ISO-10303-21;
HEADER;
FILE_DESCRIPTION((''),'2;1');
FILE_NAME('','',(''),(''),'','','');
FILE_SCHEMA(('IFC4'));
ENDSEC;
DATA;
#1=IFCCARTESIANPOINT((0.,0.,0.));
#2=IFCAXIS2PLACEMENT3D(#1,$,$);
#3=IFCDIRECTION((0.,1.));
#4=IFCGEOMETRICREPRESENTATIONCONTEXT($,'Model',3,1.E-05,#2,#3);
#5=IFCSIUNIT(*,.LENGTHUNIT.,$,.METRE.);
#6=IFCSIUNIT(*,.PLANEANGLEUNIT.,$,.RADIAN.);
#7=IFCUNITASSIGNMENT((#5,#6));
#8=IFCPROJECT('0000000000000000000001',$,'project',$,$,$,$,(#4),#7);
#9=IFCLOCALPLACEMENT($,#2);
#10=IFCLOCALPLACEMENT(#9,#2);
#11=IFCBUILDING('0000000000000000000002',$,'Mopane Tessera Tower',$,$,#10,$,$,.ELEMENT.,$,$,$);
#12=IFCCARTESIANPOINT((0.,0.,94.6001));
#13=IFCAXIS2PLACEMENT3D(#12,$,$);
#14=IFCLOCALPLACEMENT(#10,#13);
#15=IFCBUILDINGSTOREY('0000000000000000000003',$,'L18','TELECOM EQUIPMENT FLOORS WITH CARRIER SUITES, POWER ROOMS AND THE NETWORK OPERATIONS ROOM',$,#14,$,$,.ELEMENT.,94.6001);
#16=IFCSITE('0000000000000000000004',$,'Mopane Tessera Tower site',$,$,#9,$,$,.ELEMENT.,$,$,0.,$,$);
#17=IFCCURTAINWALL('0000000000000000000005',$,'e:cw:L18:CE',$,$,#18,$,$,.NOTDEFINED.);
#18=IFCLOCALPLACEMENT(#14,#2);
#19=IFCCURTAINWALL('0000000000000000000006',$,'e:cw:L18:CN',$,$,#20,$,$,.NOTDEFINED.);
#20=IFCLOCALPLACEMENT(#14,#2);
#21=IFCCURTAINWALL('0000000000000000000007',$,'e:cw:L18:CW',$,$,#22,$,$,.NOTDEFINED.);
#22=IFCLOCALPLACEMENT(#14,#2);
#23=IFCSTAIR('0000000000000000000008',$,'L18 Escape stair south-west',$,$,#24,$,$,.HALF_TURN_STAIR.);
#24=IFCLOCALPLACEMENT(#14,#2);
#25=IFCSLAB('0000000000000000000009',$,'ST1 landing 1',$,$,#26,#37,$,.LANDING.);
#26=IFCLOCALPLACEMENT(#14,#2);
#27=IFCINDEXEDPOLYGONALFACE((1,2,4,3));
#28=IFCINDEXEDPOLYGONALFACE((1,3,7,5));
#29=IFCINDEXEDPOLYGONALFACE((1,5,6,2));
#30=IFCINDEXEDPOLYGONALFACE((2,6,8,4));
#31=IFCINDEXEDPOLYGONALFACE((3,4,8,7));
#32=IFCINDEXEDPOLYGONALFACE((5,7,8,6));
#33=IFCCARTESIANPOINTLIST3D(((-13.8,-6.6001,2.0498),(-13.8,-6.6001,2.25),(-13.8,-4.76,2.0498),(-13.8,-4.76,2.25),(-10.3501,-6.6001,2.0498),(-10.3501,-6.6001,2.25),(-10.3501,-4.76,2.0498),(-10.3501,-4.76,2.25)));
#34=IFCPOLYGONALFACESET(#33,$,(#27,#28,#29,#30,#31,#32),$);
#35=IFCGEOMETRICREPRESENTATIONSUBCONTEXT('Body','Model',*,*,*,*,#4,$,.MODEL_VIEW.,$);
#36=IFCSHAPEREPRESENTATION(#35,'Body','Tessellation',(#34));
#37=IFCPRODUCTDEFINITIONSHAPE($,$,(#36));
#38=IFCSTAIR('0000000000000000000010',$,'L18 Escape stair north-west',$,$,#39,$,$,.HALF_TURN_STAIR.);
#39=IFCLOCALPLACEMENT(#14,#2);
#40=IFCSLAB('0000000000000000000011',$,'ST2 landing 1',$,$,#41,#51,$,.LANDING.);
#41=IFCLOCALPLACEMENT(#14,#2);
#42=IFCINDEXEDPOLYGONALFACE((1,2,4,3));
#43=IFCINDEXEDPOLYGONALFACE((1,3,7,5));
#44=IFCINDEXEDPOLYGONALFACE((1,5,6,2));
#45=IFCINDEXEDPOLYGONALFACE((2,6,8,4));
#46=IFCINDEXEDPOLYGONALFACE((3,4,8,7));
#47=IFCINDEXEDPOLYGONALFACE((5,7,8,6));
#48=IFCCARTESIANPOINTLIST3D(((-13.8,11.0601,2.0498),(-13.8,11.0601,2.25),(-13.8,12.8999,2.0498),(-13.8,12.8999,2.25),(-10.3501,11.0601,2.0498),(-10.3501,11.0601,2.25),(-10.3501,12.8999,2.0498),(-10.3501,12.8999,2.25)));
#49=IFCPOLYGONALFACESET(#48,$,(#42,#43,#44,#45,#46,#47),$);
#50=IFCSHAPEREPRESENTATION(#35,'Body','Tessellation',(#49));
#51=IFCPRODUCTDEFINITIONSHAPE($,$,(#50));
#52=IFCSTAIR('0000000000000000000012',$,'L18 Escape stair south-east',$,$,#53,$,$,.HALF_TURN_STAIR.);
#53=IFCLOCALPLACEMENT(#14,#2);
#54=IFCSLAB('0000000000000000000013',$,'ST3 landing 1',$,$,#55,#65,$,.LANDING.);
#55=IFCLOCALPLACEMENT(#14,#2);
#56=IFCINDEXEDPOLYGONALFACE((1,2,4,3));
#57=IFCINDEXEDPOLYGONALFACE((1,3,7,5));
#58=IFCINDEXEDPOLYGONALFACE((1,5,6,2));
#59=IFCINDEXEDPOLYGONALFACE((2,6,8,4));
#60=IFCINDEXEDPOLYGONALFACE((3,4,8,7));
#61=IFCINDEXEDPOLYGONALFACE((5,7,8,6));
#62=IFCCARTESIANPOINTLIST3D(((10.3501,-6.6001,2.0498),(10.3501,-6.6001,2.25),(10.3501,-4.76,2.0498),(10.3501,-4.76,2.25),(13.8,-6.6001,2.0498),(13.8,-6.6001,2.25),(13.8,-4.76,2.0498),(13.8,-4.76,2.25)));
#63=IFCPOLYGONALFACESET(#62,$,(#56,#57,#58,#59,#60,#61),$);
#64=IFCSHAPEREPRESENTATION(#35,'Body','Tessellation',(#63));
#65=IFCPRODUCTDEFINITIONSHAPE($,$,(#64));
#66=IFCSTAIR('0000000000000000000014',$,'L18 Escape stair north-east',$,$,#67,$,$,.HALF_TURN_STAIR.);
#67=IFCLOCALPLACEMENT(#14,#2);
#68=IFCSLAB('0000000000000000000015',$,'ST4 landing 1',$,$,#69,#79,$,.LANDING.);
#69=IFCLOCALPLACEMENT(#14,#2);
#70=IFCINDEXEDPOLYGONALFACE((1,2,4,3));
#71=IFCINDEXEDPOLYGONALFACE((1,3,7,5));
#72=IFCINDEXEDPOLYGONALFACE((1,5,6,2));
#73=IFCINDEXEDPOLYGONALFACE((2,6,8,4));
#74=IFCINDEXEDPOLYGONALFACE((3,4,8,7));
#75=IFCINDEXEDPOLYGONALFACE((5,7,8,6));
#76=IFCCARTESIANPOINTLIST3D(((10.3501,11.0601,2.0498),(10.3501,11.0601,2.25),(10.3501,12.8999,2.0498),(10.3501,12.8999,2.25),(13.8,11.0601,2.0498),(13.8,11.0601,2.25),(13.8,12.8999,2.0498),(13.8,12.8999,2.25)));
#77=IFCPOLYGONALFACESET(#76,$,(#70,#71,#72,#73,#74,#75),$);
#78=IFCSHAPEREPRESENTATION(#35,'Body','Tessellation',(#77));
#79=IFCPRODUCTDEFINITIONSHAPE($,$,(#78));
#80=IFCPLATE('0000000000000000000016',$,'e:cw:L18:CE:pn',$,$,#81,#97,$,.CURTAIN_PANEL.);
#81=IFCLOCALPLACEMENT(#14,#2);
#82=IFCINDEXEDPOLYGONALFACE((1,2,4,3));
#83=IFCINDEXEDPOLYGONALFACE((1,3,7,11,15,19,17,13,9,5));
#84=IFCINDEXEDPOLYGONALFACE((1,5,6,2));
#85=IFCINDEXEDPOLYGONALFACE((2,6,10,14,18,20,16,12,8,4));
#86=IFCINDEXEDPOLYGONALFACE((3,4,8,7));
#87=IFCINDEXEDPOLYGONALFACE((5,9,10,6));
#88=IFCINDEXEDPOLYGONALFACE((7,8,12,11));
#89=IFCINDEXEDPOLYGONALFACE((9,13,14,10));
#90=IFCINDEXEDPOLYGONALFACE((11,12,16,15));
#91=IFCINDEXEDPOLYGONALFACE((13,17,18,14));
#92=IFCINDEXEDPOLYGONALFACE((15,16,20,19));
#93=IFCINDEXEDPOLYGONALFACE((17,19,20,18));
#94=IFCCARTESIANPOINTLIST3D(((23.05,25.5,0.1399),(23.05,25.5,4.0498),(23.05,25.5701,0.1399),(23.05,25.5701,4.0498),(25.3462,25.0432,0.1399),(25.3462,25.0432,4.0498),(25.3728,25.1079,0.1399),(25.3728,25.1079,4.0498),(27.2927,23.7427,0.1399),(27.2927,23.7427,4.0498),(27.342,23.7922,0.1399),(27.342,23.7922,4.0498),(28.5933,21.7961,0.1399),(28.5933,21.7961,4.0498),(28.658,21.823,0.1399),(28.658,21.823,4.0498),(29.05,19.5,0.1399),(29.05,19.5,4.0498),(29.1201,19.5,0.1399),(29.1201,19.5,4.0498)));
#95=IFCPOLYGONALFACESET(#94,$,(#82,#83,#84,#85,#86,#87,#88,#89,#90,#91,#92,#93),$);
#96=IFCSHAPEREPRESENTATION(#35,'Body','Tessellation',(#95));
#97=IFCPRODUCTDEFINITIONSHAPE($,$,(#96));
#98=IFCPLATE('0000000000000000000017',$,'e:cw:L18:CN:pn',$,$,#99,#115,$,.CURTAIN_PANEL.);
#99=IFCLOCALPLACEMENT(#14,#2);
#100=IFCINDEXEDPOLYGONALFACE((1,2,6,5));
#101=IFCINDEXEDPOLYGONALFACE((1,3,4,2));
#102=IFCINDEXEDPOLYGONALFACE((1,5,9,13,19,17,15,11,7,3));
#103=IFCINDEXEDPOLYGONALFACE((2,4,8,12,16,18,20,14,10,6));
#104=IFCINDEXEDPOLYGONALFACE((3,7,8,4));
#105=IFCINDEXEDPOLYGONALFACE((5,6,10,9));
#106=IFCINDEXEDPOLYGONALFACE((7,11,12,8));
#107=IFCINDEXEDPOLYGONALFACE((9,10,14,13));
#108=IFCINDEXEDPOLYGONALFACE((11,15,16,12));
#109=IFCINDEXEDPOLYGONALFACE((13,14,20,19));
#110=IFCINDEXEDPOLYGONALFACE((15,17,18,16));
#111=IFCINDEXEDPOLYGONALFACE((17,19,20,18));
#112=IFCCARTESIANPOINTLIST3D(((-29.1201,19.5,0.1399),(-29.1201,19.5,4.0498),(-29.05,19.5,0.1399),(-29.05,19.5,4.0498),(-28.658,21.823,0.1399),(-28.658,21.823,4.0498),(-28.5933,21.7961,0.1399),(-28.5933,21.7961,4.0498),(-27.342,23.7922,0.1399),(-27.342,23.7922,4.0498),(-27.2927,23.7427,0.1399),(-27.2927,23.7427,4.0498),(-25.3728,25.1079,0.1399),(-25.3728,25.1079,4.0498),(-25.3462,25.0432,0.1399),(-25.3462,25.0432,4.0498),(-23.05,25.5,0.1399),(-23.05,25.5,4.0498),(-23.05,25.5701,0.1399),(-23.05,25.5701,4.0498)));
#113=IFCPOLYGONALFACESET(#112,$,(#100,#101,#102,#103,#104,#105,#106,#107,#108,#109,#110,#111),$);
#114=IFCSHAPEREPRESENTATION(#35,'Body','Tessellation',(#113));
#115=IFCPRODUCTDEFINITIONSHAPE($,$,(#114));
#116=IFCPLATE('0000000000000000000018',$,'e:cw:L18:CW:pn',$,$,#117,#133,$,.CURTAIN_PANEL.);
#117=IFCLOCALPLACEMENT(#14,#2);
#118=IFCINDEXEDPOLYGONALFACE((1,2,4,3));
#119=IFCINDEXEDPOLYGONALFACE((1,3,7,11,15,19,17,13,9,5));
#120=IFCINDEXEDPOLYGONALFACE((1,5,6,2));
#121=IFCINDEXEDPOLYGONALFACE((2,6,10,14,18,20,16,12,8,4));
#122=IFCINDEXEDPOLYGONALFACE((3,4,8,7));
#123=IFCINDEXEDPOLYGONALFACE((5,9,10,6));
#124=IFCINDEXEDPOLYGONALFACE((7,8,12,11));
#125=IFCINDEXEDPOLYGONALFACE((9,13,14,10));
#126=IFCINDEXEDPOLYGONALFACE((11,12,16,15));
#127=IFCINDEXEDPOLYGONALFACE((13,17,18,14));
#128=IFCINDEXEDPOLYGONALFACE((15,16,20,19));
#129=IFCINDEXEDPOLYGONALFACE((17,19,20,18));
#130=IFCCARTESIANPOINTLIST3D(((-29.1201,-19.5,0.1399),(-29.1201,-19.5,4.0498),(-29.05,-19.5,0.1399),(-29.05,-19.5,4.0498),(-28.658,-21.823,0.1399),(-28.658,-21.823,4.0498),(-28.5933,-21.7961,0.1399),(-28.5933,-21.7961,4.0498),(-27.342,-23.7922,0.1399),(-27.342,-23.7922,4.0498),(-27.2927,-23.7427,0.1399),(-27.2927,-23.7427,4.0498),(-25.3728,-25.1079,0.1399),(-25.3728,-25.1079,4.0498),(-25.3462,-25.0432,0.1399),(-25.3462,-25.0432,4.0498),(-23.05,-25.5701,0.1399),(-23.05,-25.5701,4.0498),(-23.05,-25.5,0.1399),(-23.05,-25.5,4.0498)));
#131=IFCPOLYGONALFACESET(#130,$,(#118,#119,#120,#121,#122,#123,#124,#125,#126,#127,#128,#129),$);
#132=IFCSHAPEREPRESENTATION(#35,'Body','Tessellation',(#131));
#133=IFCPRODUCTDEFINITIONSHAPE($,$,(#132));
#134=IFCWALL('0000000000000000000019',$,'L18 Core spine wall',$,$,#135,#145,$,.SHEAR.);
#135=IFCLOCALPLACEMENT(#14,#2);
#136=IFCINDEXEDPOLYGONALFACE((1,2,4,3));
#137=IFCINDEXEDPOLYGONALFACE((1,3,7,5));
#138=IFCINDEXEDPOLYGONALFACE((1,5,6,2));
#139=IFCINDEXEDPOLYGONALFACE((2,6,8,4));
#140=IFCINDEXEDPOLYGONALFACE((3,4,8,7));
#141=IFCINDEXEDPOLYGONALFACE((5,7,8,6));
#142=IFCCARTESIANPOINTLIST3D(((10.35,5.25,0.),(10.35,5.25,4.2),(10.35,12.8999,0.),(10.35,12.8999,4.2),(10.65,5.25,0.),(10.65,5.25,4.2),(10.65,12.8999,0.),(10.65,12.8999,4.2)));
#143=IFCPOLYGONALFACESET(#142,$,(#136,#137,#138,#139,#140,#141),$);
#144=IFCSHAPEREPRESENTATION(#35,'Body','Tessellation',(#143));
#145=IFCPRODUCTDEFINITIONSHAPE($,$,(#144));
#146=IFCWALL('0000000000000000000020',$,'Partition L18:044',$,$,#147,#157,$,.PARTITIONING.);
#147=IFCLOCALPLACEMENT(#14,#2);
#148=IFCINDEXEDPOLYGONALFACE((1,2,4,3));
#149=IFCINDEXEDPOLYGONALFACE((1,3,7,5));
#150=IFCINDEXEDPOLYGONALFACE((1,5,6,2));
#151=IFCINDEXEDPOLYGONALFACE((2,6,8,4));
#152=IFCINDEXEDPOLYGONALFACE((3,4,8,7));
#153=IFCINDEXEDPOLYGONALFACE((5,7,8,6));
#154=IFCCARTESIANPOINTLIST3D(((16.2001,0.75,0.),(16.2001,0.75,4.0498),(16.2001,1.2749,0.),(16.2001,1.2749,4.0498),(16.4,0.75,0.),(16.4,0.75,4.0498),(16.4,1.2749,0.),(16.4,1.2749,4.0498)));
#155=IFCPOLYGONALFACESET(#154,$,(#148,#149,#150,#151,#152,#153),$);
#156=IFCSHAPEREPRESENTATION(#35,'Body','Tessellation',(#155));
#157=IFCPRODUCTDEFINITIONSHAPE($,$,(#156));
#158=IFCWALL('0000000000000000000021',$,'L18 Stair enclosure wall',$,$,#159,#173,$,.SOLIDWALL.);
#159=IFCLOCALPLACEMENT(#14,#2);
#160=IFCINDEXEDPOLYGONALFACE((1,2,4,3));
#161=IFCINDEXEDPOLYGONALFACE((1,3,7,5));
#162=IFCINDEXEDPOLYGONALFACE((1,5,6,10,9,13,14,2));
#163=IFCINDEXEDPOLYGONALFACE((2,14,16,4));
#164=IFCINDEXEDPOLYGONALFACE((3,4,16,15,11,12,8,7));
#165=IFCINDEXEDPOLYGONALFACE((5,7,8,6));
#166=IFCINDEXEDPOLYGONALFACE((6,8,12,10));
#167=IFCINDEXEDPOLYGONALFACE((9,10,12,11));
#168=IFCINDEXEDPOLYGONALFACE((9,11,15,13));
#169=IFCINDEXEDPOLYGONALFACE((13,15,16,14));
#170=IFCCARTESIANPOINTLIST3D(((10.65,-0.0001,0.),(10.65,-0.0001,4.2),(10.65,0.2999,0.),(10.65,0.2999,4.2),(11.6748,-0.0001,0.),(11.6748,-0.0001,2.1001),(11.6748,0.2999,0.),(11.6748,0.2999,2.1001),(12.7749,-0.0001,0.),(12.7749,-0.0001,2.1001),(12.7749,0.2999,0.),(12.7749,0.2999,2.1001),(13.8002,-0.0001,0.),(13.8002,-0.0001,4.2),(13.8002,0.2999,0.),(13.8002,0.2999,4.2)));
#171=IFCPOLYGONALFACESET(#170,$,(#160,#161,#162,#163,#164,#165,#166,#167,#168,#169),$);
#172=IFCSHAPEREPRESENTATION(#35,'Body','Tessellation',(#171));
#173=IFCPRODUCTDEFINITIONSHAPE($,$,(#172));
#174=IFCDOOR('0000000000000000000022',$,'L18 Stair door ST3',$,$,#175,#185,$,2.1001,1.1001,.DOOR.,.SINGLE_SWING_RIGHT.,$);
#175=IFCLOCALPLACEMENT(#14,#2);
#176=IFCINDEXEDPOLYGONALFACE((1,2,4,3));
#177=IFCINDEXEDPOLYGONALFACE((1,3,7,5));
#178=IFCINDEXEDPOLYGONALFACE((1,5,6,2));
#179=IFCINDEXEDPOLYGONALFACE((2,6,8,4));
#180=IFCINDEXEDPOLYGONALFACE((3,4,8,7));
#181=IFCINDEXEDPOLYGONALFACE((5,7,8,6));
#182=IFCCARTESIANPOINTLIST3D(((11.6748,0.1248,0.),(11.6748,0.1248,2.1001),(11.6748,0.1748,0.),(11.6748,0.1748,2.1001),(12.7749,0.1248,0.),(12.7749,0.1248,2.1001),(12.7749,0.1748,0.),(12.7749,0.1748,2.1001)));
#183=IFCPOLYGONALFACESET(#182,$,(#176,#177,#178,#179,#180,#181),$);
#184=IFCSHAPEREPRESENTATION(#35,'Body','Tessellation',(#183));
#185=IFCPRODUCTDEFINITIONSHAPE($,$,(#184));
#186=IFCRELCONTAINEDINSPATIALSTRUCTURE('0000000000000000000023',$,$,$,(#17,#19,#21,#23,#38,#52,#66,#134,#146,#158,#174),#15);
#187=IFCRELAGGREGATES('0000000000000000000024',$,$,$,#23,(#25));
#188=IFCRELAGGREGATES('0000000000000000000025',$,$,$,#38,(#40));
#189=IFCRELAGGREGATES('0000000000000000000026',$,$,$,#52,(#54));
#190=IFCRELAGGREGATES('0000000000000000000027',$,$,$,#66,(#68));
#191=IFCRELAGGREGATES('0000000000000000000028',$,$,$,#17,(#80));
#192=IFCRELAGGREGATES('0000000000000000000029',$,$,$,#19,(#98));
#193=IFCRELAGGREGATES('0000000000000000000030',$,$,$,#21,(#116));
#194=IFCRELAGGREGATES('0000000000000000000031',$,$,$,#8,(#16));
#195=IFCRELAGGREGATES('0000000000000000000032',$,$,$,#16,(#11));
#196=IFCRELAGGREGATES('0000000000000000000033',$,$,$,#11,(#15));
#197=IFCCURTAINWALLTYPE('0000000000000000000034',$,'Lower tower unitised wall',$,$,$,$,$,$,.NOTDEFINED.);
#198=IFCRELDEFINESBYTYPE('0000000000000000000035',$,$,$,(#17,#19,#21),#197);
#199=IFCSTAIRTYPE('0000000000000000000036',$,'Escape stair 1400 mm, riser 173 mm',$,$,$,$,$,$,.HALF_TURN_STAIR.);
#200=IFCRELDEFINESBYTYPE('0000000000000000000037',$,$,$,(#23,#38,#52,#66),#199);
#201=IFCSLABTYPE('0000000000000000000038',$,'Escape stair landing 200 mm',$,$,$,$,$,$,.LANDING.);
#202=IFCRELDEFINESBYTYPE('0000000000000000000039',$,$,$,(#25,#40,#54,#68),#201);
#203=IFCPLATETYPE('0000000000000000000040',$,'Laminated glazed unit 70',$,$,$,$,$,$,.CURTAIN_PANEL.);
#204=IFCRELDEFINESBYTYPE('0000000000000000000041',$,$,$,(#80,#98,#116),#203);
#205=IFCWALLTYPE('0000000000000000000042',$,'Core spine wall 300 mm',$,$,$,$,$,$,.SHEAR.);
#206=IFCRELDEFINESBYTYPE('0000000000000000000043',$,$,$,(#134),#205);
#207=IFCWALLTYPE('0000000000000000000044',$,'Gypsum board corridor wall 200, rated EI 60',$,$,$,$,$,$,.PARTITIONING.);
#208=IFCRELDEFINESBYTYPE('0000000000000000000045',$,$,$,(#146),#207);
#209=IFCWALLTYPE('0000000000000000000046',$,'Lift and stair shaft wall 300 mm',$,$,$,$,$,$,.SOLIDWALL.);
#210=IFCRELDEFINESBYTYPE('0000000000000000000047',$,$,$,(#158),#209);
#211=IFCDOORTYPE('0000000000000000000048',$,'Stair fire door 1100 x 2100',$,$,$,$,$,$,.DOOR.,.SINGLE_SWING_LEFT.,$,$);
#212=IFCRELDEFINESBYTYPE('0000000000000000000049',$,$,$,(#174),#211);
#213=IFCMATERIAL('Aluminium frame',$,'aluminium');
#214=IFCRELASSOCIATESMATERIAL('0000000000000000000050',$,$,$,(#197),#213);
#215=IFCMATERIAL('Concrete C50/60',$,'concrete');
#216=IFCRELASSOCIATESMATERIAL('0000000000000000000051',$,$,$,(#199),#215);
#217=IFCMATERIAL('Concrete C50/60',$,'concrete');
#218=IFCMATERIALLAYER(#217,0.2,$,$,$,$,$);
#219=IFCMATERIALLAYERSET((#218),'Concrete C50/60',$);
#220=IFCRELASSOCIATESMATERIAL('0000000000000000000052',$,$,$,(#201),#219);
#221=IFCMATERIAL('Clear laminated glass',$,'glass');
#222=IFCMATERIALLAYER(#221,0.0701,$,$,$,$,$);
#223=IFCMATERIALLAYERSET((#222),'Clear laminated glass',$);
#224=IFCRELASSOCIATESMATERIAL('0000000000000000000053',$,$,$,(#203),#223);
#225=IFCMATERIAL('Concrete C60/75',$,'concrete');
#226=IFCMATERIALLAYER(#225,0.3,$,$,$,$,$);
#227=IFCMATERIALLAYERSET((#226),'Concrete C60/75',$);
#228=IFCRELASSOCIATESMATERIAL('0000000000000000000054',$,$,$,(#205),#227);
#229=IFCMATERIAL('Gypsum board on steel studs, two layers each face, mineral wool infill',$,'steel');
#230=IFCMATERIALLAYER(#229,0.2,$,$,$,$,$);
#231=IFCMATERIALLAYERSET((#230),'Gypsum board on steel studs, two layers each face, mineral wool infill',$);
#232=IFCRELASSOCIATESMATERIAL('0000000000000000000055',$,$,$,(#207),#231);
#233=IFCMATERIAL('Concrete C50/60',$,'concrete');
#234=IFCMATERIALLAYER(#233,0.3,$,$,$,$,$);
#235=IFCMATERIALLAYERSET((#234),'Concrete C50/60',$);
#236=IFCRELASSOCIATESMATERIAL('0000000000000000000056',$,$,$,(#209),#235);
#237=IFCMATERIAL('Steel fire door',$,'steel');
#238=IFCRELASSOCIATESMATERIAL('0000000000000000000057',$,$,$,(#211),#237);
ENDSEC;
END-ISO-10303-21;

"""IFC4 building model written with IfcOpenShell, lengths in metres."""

from ifc_helpers import new_model, si_unit, direction, frame, frame_2d, origin, place, context, subcontext, project, spatial, polyline, rectangle, outline, extrude, material, layer, layer_set, type_object, element, fill, aggregate, save


model = new_model("IFC4")

# Units and contexts
model_context = context("Model", 3, precision=1e-05, world=origin(), true_north=direction((0.0, 1.0)))
body_context = subcontext(model_context, "Body", "Model", "MODEL_VIEW")
ifc_project = project(units=[si_unit("LENGTHUNIT", "METRE"), si_unit("PLANEANGLEUNIT", "RADIAN")], contexts=[model_context])

# Site, building, storey
site_placement = place(None, origin())
site = spatial("IfcSite", under=ifc_project, at=site_placement, Name="Mopane Tessera Tower site", CompositionType="ELEMENT", RefElevation=0.0)
building_placement = place(site_placement, origin())
building = spatial("IfcBuilding", under=site, at=building_placement, Name="Mopane Tessera Tower", CompositionType="ELEMENT")
storey_placement = place(building_placement, frame((0.0, 0.0, 94.6001)))
storey = spatial("IfcBuildingStorey", under=building, at=storey_placement, Name="L18", Description="TELECOM EQUIPMENT FLOORS WITH CARRIER SUITES, POWER ROOMS AND THE NETWORK OPERATIONS ROOM", CompositionType="ELEMENT", Elevation=94.6001)

# Curtain walls
ifc_material_1 = material(Name="Aluminium frame", Category="aluminium")
curtain_wall_type = type_object("IfcCurtainWallType", Name="Lower tower unitised wall", PredefinedType="NOTDEFINED", material=ifc_material_1)
curtain_wall_1_placement = place(storey_placement, origin())
curtain_wall_1 = element("IfcCurtainWall", 1, at=curtain_wall_1_placement, inside=storey, type_object=curtain_wall_type, Name="e:cw:L18:CE", PredefinedType="NOTDEFINED")
curtain_wall_2_placement = place(storey_placement, origin())
curtain_wall_2 = element("IfcCurtainWall", 2, at=curtain_wall_2_placement, inside=storey, type_object=curtain_wall_type, Name="e:cw:L18:CN", PredefinedType="NOTDEFINED")
curtain_wall_3_placement = place(storey_placement, origin())
curtain_wall_3 = element("IfcCurtainWall", 3, at=curtain_wall_3_placement, inside=storey, type_object=curtain_wall_type, Name="e:cw:L18:CW", PredefinedType="NOTDEFINED")

# Stairs, slabs
ifc_material_2 = material(Name="Concrete C50/60", Category="concrete")
stair_type = type_object("IfcStairType", Name="Escape stair 1400 mm, riser 173 mm", PredefinedType="HALF_TURN_STAIR", material=ifc_material_2)
stair_1_placement = place(storey_placement, origin())
stair_1 = element("IfcStair", 4, at=stair_1_placement, inside=storey, type_object=stair_type, Name="L18 Escape stair south-west", PredefinedType="HALF_TURN_STAIR")
ifc_material_3 = material(Name="Concrete C50/60", Category="concrete")
ifc_layer_1 = layer(ifc_material_3, 0.2)
ifc_layer_set_1 = layer_set([ifc_layer_1], Name="Concrete C50/60")
slab_type_1 = type_object("IfcSlabType", Name="Escape stair landing 200 mm", PredefinedType="LANDING", material=ifc_layer_set_1)
slab_1_placement = place(storey_placement, frame((0.0, 0.0, 2.0498)))
slab_1 = element("IfcSlab", 5, at=slab_1_placement, type_object=slab_type_1, Name="ST1 landing 1", PredefinedType="LANDING", context=body_context, shape_type="SweptSolid", body=[
    extrude(outline(polyline([(-13.8, -4.76), (-13.8, -6.6001), (-10.3501, -6.6001), (-10.3501, -4.76), (-13.8, -4.76)])), origin(), (0.0, 0.0, 1.0), 0.2002),
])
aggregate(stair_1, [slab_1])
stair_2_placement = place(storey_placement, origin())
stair_2 = element("IfcStair", 6, at=stair_2_placement, inside=storey, type_object=stair_type, Name="L18 Escape stair north-west", PredefinedType="HALF_TURN_STAIR")
slab_2_placement = place(storey_placement, frame((0.0, 0.0, 2.0498)))
slab_2 = element("IfcSlab", 7, at=slab_2_placement, type_object=slab_type_1, Name="ST2 landing 1", PredefinedType="LANDING", context=body_context, shape_type="SweptSolid", body=[
    extrude(outline(polyline([(-10.3501, 11.0601), (-10.3501, 12.8999), (-13.8, 12.8999), (-13.8, 11.0601), (-10.3501, 11.0601)])), origin(), (0.0, 0.0, 1.0), 0.2002),
])
aggregate(stair_2, [slab_2])
stair_3_placement = place(storey_placement, origin())
stair_3 = element("IfcStair", 8, at=stair_3_placement, inside=storey, type_object=stair_type, Name="L18 Escape stair south-east", PredefinedType="HALF_TURN_STAIR")
slab_3_placement = place(storey_placement, frame((0.0, 0.0, 2.0498)))
slab_3 = element("IfcSlab", 9, at=slab_3_placement, type_object=slab_type_1, Name="ST3 landing 1", PredefinedType="LANDING", context=body_context, shape_type="SweptSolid", body=[
    extrude(outline(polyline([(10.3501, -4.76), (10.3501, -6.6001), (13.8, -6.6001), (13.8, -4.76), (10.3501, -4.76)])), origin(), (0.0, 0.0, 1.0), 0.2002),
])
aggregate(stair_3, [slab_3])
stair_4_placement = place(storey_placement, origin())
stair_4 = element("IfcStair", 10, at=stair_4_placement, inside=storey, type_object=stair_type, Name="L18 Escape stair north-east", PredefinedType="HALF_TURN_STAIR")
slab_4_placement = place(storey_placement, frame((0.0, 0.0, 2.0498)))
slab_4 = element("IfcSlab", 11, at=slab_4_placement, type_object=slab_type_1, Name="ST4 landing 1", PredefinedType="LANDING", context=body_context, shape_type="SweptSolid", body=[
    extrude(outline(polyline([(13.8, 11.0601), (13.8, 12.8999), (10.3501, 12.8999), (10.3501, 11.0601), (13.8, 11.0601)])), origin(), (0.0, 0.0, 1.0), 0.2002),
])
aggregate(stair_4, [slab_4])

# Plates
ifc_material_4 = material(Name="Clear laminated glass", Category="glass")
ifc_layer_2 = layer(ifc_material_4, 0.0701)
ifc_layer_set_2 = layer_set([ifc_layer_2], Name="Clear laminated glass")
plate_type = type_object("IfcPlateType", Name="Laminated glazed unit 70", PredefinedType="CURTAIN_PANEL", material=ifc_layer_set_2)
plate_1_placement = place(storey_placement, frame((0.0, 0.0, 0.1399)))
plate_1 = element("IfcPlate", 12, at=plate_1_placement, type_object=plate_type, Name="e:cw:L18:CE:pn", PredefinedType="CURTAIN_PANEL", context=body_context, shape_type="SweptSolid", body=[
    extrude(outline(polyline([(29.05, 19.5), (28.5933, 21.7961), (27.2927, 23.7427), (25.3462, 25.0432), (23.05, 25.5), (23.05, 25.5701), (25.3728, 25.1079), (27.342, 23.7922), (28.658, 21.823), (29.1201, 19.5), (29.05, 19.5)])), origin(), (0.0, 0.0, 1.0), 3.9099),
])
aggregate(curtain_wall_1, [plate_1])
plate_2_placement = place(storey_placement, frame((0.0, 0.0, 0.1399)))
plate_2 = element("IfcPlate", 13, at=plate_2_placement, type_object=plate_type, Name="e:cw:L18:CN:pn", PredefinedType="CURTAIN_PANEL", context=body_context, shape_type="SweptSolid", body=[
    extrude(outline(polyline([(-23.05, 25.5), (-25.3462, 25.0432), (-27.2927, 23.7427), (-28.5933, 21.7961), (-29.05, 19.5), (-29.1201, 19.5), (-28.658, 21.823), (-27.342, 23.7922), (-25.3728, 25.1079), (-23.05, 25.5701), (-23.05, 25.5)])), origin(), (0.0, 0.0, 1.0), 3.9099),
])
aggregate(curtain_wall_2, [plate_2])
plate_3_placement = place(storey_placement, frame((0.0, 0.0, 0.1399)))
plate_3 = element("IfcPlate", 14, at=plate_3_placement, type_object=plate_type, Name="e:cw:L18:CW:pn", PredefinedType="CURTAIN_PANEL", context=body_context, shape_type="SweptSolid", body=[
    extrude(outline(polyline([(-29.05, -19.5), (-28.5933, -21.7961), (-27.2927, -23.7427), (-25.3462, -25.0432), (-23.05, -25.5), (-23.05, -25.5701), (-25.3728, -25.1079), (-27.342, -23.7922), (-28.658, -21.823), (-29.1201, -19.5), (-29.05, -19.5)])), origin(), (0.0, 0.0, 1.0), 3.9099),
])
aggregate(curtain_wall_3, [plate_3])

# Walls
ifc_material_5 = material(Name="Concrete C60/75", Category="concrete")
ifc_layer_3 = layer(ifc_material_5, 0.3)
ifc_layer_set_3 = layer_set([ifc_layer_3], Name="Concrete C60/75")
wall_type_1 = type_object("IfcWallType", Name="Core spine wall 300 mm", PredefinedType="SHEAR", material=ifc_layer_set_3)
wall_1_placement = place(storey_placement, frame((10.5, 5.25, 0.0), z_axis=(0.0, 0.0, 1.0), x_axis=(0.0, 1.0, 0.0)))
element("IfcWall", 15, at=wall_1_placement, inside=storey, type_object=wall_type_1, Name="L18 Core spine wall", PredefinedType="SHEAR", context=body_context, shape_type="SweptSolid", body=[
    extrude(rectangle(XDim=7.6499, YDim=0.3, at=frame_2d((3.825, 0.0))), origin(), (0.0, 0.0, 1.0), 4.2),
])
ifc_material_6 = material(Name="Gypsum board on steel studs, two layers each face, mineral wool infill", Category="steel")
ifc_layer_4 = layer(ifc_material_6, 0.2)
ifc_layer_set_4 = layer_set([ifc_layer_4], Name="Gypsum board on steel studs, two layers each face, mineral wool infill")
wall_type_2 = type_object("IfcWallType", Name="Gypsum board corridor wall 200, rated EI 60", PredefinedType="PARTITIONING", material=ifc_layer_set_4)
wall_2_placement = place(storey_placement, frame((16.3, 0.75, 0.0), z_axis=(0.0, 0.0, 1.0), x_axis=(0.0, 1.0, 0.0)))
element("IfcWall", 16, at=wall_2_placement, inside=storey, type_object=wall_type_2, Name="Partition L18:044", PredefinedType="PARTITIONING", context=body_context, shape_type="SweptSolid", body=[
    extrude(rectangle(XDim=0.5249, YDim=0.2, at=frame_2d((0.2625, 0.0))), origin(), (0.0, 0.0, 1.0), 4.0498),
])

# Wall, opening, door
ifc_material_7 = material(Name="Concrete C50/60", Category="concrete")
ifc_layer_5 = layer(ifc_material_7, 0.3)
ifc_layer_set_5 = layer_set([ifc_layer_5], Name="Concrete C50/60")
wall_type_3 = type_object("IfcWallType", Name="Lift and stair shaft wall 300 mm", PredefinedType="SOLIDWALL", material=ifc_layer_set_5)
wall_3_placement = place(storey_placement, frame((10.6499, 0.1499, 0.0), z_axis=(0.0, 0.0, 1.0), x_axis=(1.0, 0.0, 0.0)))
wall_3 = element("IfcWall", 17, at=wall_3_placement, inside=storey, type_object=wall_type_3, Name="L18 Stair enclosure wall", PredefinedType="SOLIDWALL", context=body_context, shape_type="SweptSolid", body=[
    extrude(rectangle(XDim=3.1501, YDim=0.3, at=frame_2d((1.5752, 0.0))), origin(), (0.0, 0.0, 1.0), 4.2),
])
opening_1_placement = place(wall_3_placement, frame((1.0249, 0.0, 0.0)))
opening_1 = element("IfcOpeningElement", 18, at=opening_1_placement, cuts=wall_3, PredefinedType="OPENING", context=body_context, shape_type="SweptSolid", body=[
    extrude(rectangle(XDim=1.1001, YDim=2.1001, at=frame_2d((0.55, 1.05))), frame((0.0, 0.1621, 0.0), z_axis=(0.0, -1.0, 0.0), x_axis=(1.0, 0.0, 0.0)), (0.0, 0.0, 1.0), 0.324),
])
ifc_material_8 = material(Name="Steel fire door", Category="steel")
door_type_1 = type_object("IfcDoorType", Name="Stair fire door 1100 x 2100", OperationType="SINGLE_SWING_LEFT", PredefinedType="DOOR", material=ifc_material_8)
door_1_placement = place(opening_1_placement, origin())
door_1 = element("IfcDoor", 19, at=door_1_placement, inside=storey, type_object=door_type_1, Name="L18 Stair door ST3", OperationType="SINGLE_SWING_RIGHT", OverallHeight=2.1001, OverallWidth=1.1001, PredefinedType="DOOR", context=body_context, shape_type="SweptSolid", body=[
    extrude(rectangle(XDim=1.1001, YDim=2.1001, at=frame_2d((0.55, 1.05))), frame((0.0, 0.0249, 0.0), z_axis=(0.0, -1.0, 0.0), x_axis=(1.0, 0.0, 0.0)), (0.0, 0.0, 1.0), 0.05),
])
fill(opening_1, door_1)

save(model, "model.ifc")
